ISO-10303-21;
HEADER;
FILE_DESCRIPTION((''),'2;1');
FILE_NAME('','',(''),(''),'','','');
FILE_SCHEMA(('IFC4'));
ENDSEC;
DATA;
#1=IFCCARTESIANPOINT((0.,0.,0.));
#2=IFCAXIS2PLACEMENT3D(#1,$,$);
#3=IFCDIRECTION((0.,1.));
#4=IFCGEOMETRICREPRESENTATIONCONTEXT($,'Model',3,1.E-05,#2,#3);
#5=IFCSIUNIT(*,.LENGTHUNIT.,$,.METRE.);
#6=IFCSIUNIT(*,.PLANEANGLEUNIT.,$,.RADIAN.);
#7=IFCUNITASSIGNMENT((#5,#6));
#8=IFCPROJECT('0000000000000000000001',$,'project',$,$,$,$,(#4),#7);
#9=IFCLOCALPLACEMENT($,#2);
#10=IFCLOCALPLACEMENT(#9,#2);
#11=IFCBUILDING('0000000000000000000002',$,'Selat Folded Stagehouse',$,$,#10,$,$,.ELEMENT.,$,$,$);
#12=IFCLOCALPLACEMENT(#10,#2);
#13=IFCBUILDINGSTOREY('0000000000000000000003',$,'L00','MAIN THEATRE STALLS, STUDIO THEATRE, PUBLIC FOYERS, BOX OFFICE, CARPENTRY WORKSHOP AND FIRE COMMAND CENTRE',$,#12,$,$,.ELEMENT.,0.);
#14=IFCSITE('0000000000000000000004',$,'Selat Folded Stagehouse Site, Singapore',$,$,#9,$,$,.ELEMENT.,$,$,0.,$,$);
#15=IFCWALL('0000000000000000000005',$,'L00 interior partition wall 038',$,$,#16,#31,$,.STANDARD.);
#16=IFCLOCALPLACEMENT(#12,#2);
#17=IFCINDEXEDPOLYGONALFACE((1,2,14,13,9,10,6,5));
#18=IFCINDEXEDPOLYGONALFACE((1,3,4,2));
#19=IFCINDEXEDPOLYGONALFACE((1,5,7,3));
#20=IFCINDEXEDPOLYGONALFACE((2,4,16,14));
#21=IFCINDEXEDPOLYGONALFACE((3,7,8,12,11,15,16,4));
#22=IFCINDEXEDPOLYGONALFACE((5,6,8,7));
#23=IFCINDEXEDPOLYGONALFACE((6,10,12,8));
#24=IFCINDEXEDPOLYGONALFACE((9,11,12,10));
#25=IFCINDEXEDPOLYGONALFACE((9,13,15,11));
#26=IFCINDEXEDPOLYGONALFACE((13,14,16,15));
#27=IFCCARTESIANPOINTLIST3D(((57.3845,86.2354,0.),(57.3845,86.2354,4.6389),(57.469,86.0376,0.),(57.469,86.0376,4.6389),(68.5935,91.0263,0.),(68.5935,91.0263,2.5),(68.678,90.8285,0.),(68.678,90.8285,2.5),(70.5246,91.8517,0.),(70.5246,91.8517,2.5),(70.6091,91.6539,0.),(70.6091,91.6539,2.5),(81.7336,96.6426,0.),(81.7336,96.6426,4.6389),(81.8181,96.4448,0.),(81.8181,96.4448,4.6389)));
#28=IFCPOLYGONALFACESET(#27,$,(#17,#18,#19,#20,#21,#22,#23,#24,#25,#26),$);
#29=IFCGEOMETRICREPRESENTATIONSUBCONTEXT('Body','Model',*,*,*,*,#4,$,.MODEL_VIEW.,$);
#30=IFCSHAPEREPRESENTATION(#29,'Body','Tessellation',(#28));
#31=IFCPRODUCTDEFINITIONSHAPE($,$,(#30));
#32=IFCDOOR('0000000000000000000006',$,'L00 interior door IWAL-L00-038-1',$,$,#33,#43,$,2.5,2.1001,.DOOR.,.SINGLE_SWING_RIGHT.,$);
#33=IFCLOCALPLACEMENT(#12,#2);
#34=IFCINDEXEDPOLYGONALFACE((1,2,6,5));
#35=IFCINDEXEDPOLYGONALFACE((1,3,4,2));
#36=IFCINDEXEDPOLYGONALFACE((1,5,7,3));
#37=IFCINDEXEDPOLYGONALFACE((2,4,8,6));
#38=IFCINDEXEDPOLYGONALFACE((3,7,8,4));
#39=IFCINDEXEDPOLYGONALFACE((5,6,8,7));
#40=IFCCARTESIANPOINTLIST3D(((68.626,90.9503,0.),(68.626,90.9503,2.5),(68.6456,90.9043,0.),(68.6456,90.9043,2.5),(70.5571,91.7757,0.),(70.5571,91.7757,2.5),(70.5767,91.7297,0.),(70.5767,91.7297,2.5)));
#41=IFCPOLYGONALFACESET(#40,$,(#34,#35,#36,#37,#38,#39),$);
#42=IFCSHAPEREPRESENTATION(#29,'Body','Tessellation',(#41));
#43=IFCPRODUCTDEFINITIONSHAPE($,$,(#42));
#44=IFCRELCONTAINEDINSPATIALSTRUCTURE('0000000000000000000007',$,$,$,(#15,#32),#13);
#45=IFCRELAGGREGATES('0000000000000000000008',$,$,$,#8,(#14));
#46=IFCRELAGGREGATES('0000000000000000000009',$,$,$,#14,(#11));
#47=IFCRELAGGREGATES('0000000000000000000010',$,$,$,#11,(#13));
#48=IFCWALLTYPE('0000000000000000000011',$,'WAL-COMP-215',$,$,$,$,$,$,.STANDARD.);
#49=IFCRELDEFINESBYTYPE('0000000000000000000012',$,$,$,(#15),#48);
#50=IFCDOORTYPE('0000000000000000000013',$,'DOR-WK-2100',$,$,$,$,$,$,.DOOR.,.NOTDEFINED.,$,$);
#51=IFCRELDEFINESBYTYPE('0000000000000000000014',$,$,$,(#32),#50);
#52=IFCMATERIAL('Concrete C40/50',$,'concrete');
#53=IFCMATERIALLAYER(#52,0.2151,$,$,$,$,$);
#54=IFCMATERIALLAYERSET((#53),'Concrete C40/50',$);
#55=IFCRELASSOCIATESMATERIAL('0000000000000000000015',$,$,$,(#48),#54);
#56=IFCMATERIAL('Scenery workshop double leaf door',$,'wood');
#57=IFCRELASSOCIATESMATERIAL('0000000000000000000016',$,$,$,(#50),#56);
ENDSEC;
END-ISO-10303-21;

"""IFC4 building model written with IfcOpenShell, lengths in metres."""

from ifc_helpers import new_model, si_unit, direction, frame, frame_2d, origin, place, context, subcontext, project, spatial, rectangle, extrude, material, layer, layer_set, type_object, element, fill, save


model = new_model("IFC4")

# Units and contexts
model_context = context("Model", 3, precision=1e-05, world=origin(), true_north=direction((0.0, 1.0)))
body_context = subcontext(model_context, "Body", "Model", "MODEL_VIEW")
ifc_project = project(units=[si_unit("LENGTHUNIT", "METRE"), si_unit("PLANEANGLEUNIT", "RADIAN")], contexts=[model_context])

# Site, building, storey
site_placement = place(None, origin())
site = spatial("IfcSite", under=ifc_project, at=site_placement, Name="Selat Folded Stagehouse Site, Singapore", CompositionType="ELEMENT", RefElevation=0.0)
building_placement = place(site_placement, origin())
building = spatial("IfcBuilding", under=site, at=building_placement, Name="Selat Folded Stagehouse", CompositionType="ELEMENT")
storey_placement = place(building_placement, origin())
storey = spatial("IfcBuildingStorey", under=building, at=storey_placement, Name="L00", Description="MAIN THEATRE STALLS, STUDIO THEATRE, PUBLIC FOYERS, BOX OFFICE, CARPENTRY WORKSHOP AND FIRE COMMAND CENTRE", CompositionType="ELEMENT", Elevation=0.0)

# Wall, opening, door
ifc_material_1 = material(Name="Concrete C40/50", Category="concrete")
ifc_layer_1 = layer(ifc_material_1, 0.2151)
ifc_layer_set_1 = layer_set([ifc_layer_1], Name="Concrete C40/50")
wall_type = type_object("IfcWallType", Name="WAL-COMP-215", PredefinedType="STANDARD", material=ifc_layer_set_1)
wall_placement = place(storey_placement, frame((57.4268, 86.1365, 0.0), z_axis=(0.0, 0.0, 1.0), x_axis=(0.919529, 0.393022, 0.0)))
wall = element("IfcWall", 1, at=wall_placement, inside=storey, type_object=wall_type, Name="L00 interior partition wall 038", PredefinedType="STANDARD", context=body_context, shape_type="SweptSolid", body=[
    extrude(rectangle(XDim=26.48, YDim=0.2151, at=frame_2d((13.24, 0.0))), origin(), (0.0, 0.0, 1.0), 4.6389),
])
opening_placement = place(wall_placement, frame((12.1899, 0.0, 0.0)))
opening = element("IfcOpeningElement", 2, at=opening_placement, cuts=wall, PredefinedType="OPENING", context=body_context, shape_type="SweptSolid", body=[
    extrude(rectangle(XDim=2.1001, YDim=2.5, at=frame_2d((1.05, 1.25))), frame((0.0, 0.1174, 0.0), z_axis=(0.0, -1.0, 0.0), x_axis=(1.0, 0.0, 0.0)), (0.0, 0.0, 1.0), 0.2351),
])
ifc_material_2 = material(Name="Scenery workshop double leaf door", Category="wood")
door_type = type_object("IfcDoorType", Name="DOR-WK-2100", OperationType="NOTDEFINED", PredefinedType="DOOR", material=ifc_material_2)
door_placement = place(opening_placement, origin())
door = element("IfcDoor", 3, at=door_placement, inside=storey, type_object=door_type, Name="L00 interior door IWAL-L00-038-1", OperationType="SINGLE_SWING_RIGHT", OverallHeight=2.5, OverallWidth=2.1001, PredefinedType="DOOR", context=body_context, shape_type="SweptSolid", body=[
    extrude(rectangle(XDim=2.1001, YDim=2.5, at=frame_2d((1.05, 1.25))), frame((0.0, 0.0249, 0.0), z_axis=(0.0, -1.0, 0.0), x_axis=(1.0, 0.0, 0.0)), (0.0, 0.0, 1.0), 0.05),
])
fill(opening, door)

save(model, "model.ifc")
